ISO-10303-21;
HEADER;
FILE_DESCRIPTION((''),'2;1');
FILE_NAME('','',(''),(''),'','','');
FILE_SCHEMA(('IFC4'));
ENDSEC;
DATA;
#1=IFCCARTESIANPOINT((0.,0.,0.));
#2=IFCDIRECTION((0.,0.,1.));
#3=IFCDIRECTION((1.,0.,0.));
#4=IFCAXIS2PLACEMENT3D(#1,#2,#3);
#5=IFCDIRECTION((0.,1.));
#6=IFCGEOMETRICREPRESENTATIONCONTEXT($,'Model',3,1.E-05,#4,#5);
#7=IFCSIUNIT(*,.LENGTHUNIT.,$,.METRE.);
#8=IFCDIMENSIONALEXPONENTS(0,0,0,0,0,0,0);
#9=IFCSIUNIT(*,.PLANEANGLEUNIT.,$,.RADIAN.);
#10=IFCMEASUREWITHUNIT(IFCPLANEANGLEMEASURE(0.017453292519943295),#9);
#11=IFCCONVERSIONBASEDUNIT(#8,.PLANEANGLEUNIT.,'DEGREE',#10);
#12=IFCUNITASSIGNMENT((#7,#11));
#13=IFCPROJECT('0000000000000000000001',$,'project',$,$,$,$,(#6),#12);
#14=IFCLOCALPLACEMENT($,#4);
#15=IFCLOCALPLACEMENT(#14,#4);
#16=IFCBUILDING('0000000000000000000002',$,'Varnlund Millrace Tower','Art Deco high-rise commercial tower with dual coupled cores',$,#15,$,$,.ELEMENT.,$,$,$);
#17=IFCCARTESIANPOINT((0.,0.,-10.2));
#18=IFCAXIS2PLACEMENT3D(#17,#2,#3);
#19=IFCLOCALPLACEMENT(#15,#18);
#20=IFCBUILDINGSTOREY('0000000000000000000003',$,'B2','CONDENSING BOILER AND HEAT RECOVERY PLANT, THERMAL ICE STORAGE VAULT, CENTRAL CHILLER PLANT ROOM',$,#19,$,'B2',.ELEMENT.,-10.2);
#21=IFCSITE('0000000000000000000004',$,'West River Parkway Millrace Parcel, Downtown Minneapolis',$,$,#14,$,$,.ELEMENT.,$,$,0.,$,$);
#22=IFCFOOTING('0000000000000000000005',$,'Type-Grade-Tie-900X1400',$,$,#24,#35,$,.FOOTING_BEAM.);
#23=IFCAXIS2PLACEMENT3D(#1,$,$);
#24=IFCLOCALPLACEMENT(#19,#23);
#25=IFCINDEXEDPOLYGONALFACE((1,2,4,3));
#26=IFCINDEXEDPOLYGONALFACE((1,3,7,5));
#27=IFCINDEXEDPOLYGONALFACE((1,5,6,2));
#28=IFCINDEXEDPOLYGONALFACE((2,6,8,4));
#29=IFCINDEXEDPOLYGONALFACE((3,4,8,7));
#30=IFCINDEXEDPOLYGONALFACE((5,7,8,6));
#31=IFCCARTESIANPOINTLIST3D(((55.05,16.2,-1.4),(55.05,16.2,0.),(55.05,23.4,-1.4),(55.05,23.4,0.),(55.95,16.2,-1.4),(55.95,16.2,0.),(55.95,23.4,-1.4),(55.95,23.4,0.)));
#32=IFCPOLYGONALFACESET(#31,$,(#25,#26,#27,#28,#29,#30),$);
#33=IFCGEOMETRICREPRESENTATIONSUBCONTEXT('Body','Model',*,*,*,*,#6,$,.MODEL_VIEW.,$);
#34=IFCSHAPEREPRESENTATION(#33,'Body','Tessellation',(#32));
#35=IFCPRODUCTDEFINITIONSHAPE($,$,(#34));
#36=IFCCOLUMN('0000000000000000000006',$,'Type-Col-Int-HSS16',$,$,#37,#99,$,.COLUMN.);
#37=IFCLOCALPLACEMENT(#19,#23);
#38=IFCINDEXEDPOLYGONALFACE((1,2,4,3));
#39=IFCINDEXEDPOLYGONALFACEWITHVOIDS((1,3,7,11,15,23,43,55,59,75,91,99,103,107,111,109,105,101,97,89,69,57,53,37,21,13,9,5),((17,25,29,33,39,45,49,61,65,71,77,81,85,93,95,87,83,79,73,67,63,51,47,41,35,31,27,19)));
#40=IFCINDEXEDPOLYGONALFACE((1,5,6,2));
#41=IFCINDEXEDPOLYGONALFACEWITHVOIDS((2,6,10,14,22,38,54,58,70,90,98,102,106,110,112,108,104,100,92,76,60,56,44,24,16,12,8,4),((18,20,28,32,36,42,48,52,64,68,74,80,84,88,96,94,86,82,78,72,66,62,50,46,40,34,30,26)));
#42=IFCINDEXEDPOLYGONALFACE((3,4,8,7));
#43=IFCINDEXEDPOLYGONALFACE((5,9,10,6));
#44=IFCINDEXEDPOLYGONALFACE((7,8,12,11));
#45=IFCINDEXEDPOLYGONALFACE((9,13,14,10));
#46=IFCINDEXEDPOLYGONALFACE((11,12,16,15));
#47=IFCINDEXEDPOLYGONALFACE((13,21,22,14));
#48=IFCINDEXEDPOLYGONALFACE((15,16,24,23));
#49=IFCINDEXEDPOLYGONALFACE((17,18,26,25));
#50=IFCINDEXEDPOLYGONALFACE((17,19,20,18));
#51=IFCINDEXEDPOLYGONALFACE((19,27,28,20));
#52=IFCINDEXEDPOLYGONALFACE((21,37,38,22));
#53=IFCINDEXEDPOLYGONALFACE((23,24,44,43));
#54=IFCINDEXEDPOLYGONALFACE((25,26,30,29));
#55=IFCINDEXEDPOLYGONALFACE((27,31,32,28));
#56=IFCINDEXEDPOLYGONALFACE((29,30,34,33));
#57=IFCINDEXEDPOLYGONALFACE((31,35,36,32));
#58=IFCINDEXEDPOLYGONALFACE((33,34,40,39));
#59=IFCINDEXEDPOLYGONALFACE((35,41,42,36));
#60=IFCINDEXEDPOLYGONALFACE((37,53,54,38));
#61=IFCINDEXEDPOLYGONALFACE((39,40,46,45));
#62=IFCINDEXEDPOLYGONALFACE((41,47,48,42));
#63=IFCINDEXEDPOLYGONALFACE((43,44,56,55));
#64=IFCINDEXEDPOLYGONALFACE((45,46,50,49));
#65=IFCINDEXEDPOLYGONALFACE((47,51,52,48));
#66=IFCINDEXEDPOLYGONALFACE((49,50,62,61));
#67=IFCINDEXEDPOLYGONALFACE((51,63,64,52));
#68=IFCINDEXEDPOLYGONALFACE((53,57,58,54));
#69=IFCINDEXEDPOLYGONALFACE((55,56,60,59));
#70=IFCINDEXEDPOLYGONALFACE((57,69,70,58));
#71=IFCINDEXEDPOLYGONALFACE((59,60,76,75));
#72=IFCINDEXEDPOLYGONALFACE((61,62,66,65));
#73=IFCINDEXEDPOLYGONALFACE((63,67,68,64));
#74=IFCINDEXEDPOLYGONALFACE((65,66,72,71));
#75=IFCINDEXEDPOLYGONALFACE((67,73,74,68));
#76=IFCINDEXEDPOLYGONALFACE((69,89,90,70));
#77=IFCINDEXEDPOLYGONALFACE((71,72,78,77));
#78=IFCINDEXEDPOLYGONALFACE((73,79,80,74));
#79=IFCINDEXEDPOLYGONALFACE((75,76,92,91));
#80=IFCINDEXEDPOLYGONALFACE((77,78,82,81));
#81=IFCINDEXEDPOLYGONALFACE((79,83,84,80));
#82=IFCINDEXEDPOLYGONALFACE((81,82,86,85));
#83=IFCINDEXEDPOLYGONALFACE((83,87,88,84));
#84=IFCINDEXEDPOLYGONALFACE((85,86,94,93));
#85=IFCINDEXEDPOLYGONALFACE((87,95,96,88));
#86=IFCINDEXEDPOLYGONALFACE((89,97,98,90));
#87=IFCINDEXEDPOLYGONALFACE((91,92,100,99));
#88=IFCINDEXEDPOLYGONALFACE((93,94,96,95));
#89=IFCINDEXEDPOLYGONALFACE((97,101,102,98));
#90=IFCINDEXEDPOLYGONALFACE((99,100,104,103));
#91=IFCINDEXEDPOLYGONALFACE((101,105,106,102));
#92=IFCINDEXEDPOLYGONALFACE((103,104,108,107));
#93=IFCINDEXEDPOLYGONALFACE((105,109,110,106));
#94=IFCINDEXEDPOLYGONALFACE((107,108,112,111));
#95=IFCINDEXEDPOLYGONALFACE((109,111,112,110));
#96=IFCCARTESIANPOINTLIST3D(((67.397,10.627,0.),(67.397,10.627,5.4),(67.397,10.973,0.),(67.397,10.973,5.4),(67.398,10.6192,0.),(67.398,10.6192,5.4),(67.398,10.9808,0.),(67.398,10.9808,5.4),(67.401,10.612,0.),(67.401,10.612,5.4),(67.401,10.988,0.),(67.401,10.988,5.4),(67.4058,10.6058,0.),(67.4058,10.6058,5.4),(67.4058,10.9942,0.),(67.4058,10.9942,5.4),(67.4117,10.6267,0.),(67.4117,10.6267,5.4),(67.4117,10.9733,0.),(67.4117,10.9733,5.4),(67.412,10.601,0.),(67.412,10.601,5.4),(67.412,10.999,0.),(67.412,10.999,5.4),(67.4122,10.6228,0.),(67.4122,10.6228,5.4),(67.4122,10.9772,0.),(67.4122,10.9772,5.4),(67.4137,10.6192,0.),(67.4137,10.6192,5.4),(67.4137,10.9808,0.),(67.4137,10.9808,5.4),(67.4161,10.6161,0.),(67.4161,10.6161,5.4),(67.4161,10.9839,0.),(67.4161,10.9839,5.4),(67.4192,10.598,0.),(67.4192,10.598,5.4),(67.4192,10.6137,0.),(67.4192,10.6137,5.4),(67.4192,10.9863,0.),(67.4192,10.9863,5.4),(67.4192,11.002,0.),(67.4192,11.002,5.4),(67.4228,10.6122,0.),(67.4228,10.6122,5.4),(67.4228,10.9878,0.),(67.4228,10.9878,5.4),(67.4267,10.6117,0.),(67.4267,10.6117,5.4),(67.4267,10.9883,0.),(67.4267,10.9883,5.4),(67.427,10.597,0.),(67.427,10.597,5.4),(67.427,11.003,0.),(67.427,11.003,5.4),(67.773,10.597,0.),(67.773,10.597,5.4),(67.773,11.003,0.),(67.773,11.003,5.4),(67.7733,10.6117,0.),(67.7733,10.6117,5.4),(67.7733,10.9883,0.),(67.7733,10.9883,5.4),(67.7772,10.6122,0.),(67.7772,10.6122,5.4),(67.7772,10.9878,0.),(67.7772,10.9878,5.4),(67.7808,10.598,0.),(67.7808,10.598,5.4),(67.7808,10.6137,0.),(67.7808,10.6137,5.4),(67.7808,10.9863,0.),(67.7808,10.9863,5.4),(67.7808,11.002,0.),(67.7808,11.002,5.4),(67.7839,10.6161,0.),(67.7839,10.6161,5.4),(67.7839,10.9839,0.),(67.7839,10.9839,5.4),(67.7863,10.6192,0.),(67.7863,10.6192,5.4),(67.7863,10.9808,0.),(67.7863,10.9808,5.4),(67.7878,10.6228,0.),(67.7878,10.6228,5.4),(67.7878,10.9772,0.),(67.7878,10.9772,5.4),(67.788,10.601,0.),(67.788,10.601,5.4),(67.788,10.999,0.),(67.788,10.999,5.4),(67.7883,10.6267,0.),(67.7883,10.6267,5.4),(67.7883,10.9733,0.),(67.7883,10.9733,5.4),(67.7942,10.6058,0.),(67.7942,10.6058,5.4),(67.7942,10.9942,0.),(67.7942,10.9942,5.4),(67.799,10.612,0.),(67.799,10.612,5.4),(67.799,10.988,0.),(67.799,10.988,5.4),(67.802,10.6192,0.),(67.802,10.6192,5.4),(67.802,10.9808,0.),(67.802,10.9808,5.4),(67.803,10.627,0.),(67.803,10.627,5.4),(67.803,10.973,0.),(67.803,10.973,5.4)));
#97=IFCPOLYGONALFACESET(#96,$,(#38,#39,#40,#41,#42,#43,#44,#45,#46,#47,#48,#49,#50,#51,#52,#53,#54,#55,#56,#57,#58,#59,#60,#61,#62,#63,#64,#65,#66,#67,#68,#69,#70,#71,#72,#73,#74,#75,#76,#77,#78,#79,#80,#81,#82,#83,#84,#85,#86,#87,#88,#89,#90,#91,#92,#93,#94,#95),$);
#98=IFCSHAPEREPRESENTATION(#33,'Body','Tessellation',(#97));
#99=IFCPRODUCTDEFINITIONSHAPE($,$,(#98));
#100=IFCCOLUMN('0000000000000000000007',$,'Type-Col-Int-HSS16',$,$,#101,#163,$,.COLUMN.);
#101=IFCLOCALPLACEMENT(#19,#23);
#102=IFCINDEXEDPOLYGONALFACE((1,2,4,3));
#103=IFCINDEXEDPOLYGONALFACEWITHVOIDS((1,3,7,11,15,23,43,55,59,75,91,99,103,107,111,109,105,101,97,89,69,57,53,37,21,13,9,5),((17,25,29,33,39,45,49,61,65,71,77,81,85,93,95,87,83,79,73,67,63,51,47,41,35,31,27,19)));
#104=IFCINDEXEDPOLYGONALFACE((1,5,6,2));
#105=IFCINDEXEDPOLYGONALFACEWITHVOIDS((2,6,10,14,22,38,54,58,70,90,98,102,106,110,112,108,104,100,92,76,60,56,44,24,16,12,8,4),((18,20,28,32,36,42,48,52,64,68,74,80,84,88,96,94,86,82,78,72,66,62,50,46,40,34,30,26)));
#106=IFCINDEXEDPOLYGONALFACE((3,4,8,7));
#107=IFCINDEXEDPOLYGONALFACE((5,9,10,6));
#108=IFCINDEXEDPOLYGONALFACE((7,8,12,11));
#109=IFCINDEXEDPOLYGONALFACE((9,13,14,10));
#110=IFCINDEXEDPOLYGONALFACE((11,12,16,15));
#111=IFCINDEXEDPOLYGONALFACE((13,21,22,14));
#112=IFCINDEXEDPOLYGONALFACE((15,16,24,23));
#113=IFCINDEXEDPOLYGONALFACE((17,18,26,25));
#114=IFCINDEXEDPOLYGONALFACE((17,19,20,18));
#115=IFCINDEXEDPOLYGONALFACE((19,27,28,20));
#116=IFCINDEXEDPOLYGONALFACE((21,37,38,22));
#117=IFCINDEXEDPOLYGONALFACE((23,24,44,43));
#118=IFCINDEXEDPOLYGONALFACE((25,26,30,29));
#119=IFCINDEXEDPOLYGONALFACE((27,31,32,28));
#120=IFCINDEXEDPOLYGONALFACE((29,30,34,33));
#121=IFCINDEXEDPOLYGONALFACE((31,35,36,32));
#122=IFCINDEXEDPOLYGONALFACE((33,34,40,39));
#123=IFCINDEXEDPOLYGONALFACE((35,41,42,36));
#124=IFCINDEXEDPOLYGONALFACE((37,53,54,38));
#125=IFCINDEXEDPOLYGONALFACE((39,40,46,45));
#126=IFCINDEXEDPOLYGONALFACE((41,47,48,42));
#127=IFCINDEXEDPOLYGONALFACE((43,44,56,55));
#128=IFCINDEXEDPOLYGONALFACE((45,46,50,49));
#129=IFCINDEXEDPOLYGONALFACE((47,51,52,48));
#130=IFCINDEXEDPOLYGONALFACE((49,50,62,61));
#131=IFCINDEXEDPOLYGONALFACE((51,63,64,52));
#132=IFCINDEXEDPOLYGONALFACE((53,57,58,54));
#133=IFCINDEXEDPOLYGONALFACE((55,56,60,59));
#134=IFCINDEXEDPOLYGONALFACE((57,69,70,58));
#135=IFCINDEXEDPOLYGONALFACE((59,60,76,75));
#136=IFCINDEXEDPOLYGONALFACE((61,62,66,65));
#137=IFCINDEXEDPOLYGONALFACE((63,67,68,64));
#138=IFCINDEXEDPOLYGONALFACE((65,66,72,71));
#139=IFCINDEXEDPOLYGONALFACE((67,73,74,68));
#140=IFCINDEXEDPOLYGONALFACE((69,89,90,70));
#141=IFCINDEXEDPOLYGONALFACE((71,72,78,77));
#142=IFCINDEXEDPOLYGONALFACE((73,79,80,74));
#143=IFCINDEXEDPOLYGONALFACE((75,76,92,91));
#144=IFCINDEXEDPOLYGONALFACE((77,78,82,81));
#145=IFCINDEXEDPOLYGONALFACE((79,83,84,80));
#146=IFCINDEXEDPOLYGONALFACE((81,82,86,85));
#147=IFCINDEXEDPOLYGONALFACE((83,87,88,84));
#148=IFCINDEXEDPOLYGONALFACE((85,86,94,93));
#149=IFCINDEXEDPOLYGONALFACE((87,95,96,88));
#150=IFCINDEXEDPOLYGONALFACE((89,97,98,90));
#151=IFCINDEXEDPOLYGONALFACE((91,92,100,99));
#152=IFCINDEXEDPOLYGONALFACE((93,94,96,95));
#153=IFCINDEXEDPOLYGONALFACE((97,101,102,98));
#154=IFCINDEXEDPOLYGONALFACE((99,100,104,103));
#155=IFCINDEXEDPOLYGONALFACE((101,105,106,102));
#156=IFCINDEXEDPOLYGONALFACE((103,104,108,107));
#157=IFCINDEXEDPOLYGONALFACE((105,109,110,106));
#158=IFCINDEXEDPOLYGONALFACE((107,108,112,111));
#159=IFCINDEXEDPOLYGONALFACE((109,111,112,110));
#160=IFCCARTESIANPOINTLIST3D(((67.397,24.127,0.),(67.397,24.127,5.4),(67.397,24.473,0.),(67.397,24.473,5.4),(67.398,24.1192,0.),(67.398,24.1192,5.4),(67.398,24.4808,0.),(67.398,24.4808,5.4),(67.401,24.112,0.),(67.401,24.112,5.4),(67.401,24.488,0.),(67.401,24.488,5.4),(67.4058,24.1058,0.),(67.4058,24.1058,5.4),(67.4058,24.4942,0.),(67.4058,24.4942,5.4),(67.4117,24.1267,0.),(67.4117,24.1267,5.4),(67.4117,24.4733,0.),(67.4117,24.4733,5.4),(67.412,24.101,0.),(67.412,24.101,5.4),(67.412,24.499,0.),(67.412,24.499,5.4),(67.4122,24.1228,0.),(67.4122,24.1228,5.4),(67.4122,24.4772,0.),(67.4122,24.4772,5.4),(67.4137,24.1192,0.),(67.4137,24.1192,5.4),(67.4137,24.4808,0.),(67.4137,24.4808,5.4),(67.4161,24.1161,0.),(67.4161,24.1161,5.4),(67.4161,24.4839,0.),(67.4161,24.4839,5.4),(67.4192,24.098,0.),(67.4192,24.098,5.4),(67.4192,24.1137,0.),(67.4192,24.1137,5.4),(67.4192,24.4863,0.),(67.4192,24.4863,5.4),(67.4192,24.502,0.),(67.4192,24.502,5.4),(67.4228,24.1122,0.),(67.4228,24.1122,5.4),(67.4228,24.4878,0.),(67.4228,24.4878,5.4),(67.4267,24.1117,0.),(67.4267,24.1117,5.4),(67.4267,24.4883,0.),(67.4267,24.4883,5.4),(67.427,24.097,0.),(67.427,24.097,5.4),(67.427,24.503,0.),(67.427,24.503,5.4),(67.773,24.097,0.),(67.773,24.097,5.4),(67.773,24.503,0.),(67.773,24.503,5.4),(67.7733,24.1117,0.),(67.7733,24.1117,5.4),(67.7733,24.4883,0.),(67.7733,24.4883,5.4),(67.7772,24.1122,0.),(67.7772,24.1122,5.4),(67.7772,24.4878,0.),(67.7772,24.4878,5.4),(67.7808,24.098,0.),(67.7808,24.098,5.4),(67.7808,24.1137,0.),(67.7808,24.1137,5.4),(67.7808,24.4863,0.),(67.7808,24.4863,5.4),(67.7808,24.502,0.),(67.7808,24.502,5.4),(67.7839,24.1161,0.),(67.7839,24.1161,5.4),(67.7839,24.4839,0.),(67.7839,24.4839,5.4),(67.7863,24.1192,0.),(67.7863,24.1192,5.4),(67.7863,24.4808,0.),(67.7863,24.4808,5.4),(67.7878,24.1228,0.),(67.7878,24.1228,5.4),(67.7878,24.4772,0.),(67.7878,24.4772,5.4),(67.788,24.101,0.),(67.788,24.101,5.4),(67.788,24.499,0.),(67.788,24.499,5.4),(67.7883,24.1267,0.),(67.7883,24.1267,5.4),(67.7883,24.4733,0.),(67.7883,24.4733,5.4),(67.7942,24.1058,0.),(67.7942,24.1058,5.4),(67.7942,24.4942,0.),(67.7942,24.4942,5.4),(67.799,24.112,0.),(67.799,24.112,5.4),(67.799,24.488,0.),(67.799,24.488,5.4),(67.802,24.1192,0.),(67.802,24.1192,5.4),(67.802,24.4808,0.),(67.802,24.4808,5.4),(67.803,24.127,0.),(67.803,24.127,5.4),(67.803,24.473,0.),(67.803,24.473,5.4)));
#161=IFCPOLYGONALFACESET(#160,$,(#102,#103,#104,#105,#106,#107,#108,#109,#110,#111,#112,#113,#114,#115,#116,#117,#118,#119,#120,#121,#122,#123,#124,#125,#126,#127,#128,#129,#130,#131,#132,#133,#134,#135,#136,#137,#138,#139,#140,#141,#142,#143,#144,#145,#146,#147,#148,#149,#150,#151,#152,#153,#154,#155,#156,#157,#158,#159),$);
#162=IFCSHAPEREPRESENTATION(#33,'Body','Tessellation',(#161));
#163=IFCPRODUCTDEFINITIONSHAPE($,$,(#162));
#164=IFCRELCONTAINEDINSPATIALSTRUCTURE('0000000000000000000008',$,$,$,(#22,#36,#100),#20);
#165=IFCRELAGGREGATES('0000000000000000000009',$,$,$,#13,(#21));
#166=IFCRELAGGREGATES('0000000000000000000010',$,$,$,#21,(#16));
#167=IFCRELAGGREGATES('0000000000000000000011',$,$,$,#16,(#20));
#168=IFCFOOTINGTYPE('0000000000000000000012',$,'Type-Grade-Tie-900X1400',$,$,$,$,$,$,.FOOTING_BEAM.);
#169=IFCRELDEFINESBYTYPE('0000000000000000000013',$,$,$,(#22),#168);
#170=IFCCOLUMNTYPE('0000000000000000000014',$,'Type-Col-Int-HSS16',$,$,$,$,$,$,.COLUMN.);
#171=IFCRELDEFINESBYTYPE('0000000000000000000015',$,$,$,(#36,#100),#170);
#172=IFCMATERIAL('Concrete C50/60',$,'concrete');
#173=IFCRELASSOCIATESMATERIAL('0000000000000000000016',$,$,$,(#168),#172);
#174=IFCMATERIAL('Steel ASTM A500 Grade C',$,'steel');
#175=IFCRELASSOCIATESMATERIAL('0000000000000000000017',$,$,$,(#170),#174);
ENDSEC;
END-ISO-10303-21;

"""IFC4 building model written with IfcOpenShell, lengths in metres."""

from ifc_helpers import new_model, entity, si_unit, converted_unit, direction, frame, origin_with_axes, origin_2d_with_axis, place, context, subcontext, project, spatial, rectangle, hollow_rectangle, extrude, material, material_profile, profile_set, type_object, element, save


model = new_model("IFC4")

# Units and contexts
model_context = context("Model", 3, precision=1e-05, world=origin_with_axes(), true_north=direction((0.0, 1.0)))
body_context = subcontext(model_context, "Body", "Model", "MODEL_VIEW")
ifc_project = project(units=[si_unit("LENGTHUNIT", "METRE"), converted_unit("PLANEANGLEUNIT", "DEGREE", entity("IfcPlaneAngleMeasure", 0.017453292519943295), si_unit("PLANEANGLEUNIT", "RADIAN"), dimensions=[0, 0, 0, 0, 0, 0, 0])], contexts=[model_context])

# Site, building, storey
site_placement = place(None, origin_with_axes())
site = spatial("IfcSite", under=ifc_project, at=site_placement, Name="West River Parkway Millrace Parcel, Downtown Minneapolis", CompositionType="ELEMENT", RefElevation=0.0)
building_placement = place(site_placement, origin_with_axes())
building = spatial("IfcBuilding", under=site, at=building_placement, Name="Varnlund Millrace Tower", Description="Art Deco high-rise commercial tower with dual coupled cores", CompositionType="ELEMENT")
storey_placement = place(building_placement, frame((0.0, 0.0, -10.2), z_axis=(0.0, 0.0, 1.0), x_axis=(1.0, 0.0, 0.0)))
storey = spatial("IfcBuildingStorey", under=building, at=storey_placement, Name="B2", Description="CONDENSING BOILER AND HEAT RECOVERY PLANT, THERMAL ICE STORAGE VAULT, CENTRAL CHILLER PLANT ROOM", LongName="B2", CompositionType="ELEMENT", Elevation=-10.2)

# Footing
ifc_material_1 = material(Name="Concrete C50/60", Category="concrete")
footing_type = type_object("IfcFootingType", Name="Type-Grade-Tie-900X1400", PredefinedType="FOOTING_BEAM", material=ifc_material_1)
footing_placement = place(storey_placement, frame((55.5, 19.8, -1.4), z_axis=(0.0, 0.0, 1.0), x_axis=(0.0, 1.0, 0.0)))
element("IfcFooting", 1, at=footing_placement, inside=storey, type_object=footing_type, Name="Type-Grade-Tie-900X1400", PredefinedType="FOOTING_BEAM", context=body_context, shape_type="SweptSolid", body=[
    extrude(rectangle(XDim=7.2, YDim=0.9, at=origin_2d_with_axis()), origin_with_axes(), (0.0, 0.0, 1.0), 1.4),
])

# Columns
ifc_material_2 = material(Name="Steel ASTM A500 Grade C", Category="steel")
ifc_material_profile_1 = material_profile(ifc_material_2, hollow_rectangle(XDim=0.406, YDim=0.406, WallThickness=0.0147, InnerFilletRadius=0.015, OuterFilletRadius=0.03, at=origin_2d_with_axis()), Name="Steel ASTM A500 Grade C")
ifc_profile_set_1 = profile_set([ifc_material_profile_1], Name="Steel ASTM A500 Grade C")
column_type_1 = type_object("IfcColumnType", Name="Type-Col-Int-HSS16", PredefinedType="COLUMN", material=ifc_profile_set_1)
for number, where, z_axis, x_axis, name in (
    (2, (67.6, 10.8, 0.0), (0.0, 0.0, 1.0), (1.0, 0.0, 0.0), "Type-Col-Int-HSS16"),
    (3, (67.6, 24.3, 0.0), (0.0, 0.0, 1.0), (1.0, 0.0, 0.0), "Type-Col-Int-HSS16"),
):
    element("IfcColumn", number, at=place(storey_placement, frame(where, z_axis=z_axis, x_axis=x_axis)), inside=storey, type_object=column_type_1, Name=name, PredefinedType="COLUMN", context=body_context, shape_type="SweptSolid", body=[
        extrude(hollow_rectangle(XDim=0.406, YDim=0.406, WallThickness=0.0147, InnerFilletRadius=0.015, OuterFilletRadius=0.03, at=origin_2d_with_axis()), origin_with_axes(), (0.0, 0.0, 1.0), 5.4),
    ])

save(model, "model.ifc")
